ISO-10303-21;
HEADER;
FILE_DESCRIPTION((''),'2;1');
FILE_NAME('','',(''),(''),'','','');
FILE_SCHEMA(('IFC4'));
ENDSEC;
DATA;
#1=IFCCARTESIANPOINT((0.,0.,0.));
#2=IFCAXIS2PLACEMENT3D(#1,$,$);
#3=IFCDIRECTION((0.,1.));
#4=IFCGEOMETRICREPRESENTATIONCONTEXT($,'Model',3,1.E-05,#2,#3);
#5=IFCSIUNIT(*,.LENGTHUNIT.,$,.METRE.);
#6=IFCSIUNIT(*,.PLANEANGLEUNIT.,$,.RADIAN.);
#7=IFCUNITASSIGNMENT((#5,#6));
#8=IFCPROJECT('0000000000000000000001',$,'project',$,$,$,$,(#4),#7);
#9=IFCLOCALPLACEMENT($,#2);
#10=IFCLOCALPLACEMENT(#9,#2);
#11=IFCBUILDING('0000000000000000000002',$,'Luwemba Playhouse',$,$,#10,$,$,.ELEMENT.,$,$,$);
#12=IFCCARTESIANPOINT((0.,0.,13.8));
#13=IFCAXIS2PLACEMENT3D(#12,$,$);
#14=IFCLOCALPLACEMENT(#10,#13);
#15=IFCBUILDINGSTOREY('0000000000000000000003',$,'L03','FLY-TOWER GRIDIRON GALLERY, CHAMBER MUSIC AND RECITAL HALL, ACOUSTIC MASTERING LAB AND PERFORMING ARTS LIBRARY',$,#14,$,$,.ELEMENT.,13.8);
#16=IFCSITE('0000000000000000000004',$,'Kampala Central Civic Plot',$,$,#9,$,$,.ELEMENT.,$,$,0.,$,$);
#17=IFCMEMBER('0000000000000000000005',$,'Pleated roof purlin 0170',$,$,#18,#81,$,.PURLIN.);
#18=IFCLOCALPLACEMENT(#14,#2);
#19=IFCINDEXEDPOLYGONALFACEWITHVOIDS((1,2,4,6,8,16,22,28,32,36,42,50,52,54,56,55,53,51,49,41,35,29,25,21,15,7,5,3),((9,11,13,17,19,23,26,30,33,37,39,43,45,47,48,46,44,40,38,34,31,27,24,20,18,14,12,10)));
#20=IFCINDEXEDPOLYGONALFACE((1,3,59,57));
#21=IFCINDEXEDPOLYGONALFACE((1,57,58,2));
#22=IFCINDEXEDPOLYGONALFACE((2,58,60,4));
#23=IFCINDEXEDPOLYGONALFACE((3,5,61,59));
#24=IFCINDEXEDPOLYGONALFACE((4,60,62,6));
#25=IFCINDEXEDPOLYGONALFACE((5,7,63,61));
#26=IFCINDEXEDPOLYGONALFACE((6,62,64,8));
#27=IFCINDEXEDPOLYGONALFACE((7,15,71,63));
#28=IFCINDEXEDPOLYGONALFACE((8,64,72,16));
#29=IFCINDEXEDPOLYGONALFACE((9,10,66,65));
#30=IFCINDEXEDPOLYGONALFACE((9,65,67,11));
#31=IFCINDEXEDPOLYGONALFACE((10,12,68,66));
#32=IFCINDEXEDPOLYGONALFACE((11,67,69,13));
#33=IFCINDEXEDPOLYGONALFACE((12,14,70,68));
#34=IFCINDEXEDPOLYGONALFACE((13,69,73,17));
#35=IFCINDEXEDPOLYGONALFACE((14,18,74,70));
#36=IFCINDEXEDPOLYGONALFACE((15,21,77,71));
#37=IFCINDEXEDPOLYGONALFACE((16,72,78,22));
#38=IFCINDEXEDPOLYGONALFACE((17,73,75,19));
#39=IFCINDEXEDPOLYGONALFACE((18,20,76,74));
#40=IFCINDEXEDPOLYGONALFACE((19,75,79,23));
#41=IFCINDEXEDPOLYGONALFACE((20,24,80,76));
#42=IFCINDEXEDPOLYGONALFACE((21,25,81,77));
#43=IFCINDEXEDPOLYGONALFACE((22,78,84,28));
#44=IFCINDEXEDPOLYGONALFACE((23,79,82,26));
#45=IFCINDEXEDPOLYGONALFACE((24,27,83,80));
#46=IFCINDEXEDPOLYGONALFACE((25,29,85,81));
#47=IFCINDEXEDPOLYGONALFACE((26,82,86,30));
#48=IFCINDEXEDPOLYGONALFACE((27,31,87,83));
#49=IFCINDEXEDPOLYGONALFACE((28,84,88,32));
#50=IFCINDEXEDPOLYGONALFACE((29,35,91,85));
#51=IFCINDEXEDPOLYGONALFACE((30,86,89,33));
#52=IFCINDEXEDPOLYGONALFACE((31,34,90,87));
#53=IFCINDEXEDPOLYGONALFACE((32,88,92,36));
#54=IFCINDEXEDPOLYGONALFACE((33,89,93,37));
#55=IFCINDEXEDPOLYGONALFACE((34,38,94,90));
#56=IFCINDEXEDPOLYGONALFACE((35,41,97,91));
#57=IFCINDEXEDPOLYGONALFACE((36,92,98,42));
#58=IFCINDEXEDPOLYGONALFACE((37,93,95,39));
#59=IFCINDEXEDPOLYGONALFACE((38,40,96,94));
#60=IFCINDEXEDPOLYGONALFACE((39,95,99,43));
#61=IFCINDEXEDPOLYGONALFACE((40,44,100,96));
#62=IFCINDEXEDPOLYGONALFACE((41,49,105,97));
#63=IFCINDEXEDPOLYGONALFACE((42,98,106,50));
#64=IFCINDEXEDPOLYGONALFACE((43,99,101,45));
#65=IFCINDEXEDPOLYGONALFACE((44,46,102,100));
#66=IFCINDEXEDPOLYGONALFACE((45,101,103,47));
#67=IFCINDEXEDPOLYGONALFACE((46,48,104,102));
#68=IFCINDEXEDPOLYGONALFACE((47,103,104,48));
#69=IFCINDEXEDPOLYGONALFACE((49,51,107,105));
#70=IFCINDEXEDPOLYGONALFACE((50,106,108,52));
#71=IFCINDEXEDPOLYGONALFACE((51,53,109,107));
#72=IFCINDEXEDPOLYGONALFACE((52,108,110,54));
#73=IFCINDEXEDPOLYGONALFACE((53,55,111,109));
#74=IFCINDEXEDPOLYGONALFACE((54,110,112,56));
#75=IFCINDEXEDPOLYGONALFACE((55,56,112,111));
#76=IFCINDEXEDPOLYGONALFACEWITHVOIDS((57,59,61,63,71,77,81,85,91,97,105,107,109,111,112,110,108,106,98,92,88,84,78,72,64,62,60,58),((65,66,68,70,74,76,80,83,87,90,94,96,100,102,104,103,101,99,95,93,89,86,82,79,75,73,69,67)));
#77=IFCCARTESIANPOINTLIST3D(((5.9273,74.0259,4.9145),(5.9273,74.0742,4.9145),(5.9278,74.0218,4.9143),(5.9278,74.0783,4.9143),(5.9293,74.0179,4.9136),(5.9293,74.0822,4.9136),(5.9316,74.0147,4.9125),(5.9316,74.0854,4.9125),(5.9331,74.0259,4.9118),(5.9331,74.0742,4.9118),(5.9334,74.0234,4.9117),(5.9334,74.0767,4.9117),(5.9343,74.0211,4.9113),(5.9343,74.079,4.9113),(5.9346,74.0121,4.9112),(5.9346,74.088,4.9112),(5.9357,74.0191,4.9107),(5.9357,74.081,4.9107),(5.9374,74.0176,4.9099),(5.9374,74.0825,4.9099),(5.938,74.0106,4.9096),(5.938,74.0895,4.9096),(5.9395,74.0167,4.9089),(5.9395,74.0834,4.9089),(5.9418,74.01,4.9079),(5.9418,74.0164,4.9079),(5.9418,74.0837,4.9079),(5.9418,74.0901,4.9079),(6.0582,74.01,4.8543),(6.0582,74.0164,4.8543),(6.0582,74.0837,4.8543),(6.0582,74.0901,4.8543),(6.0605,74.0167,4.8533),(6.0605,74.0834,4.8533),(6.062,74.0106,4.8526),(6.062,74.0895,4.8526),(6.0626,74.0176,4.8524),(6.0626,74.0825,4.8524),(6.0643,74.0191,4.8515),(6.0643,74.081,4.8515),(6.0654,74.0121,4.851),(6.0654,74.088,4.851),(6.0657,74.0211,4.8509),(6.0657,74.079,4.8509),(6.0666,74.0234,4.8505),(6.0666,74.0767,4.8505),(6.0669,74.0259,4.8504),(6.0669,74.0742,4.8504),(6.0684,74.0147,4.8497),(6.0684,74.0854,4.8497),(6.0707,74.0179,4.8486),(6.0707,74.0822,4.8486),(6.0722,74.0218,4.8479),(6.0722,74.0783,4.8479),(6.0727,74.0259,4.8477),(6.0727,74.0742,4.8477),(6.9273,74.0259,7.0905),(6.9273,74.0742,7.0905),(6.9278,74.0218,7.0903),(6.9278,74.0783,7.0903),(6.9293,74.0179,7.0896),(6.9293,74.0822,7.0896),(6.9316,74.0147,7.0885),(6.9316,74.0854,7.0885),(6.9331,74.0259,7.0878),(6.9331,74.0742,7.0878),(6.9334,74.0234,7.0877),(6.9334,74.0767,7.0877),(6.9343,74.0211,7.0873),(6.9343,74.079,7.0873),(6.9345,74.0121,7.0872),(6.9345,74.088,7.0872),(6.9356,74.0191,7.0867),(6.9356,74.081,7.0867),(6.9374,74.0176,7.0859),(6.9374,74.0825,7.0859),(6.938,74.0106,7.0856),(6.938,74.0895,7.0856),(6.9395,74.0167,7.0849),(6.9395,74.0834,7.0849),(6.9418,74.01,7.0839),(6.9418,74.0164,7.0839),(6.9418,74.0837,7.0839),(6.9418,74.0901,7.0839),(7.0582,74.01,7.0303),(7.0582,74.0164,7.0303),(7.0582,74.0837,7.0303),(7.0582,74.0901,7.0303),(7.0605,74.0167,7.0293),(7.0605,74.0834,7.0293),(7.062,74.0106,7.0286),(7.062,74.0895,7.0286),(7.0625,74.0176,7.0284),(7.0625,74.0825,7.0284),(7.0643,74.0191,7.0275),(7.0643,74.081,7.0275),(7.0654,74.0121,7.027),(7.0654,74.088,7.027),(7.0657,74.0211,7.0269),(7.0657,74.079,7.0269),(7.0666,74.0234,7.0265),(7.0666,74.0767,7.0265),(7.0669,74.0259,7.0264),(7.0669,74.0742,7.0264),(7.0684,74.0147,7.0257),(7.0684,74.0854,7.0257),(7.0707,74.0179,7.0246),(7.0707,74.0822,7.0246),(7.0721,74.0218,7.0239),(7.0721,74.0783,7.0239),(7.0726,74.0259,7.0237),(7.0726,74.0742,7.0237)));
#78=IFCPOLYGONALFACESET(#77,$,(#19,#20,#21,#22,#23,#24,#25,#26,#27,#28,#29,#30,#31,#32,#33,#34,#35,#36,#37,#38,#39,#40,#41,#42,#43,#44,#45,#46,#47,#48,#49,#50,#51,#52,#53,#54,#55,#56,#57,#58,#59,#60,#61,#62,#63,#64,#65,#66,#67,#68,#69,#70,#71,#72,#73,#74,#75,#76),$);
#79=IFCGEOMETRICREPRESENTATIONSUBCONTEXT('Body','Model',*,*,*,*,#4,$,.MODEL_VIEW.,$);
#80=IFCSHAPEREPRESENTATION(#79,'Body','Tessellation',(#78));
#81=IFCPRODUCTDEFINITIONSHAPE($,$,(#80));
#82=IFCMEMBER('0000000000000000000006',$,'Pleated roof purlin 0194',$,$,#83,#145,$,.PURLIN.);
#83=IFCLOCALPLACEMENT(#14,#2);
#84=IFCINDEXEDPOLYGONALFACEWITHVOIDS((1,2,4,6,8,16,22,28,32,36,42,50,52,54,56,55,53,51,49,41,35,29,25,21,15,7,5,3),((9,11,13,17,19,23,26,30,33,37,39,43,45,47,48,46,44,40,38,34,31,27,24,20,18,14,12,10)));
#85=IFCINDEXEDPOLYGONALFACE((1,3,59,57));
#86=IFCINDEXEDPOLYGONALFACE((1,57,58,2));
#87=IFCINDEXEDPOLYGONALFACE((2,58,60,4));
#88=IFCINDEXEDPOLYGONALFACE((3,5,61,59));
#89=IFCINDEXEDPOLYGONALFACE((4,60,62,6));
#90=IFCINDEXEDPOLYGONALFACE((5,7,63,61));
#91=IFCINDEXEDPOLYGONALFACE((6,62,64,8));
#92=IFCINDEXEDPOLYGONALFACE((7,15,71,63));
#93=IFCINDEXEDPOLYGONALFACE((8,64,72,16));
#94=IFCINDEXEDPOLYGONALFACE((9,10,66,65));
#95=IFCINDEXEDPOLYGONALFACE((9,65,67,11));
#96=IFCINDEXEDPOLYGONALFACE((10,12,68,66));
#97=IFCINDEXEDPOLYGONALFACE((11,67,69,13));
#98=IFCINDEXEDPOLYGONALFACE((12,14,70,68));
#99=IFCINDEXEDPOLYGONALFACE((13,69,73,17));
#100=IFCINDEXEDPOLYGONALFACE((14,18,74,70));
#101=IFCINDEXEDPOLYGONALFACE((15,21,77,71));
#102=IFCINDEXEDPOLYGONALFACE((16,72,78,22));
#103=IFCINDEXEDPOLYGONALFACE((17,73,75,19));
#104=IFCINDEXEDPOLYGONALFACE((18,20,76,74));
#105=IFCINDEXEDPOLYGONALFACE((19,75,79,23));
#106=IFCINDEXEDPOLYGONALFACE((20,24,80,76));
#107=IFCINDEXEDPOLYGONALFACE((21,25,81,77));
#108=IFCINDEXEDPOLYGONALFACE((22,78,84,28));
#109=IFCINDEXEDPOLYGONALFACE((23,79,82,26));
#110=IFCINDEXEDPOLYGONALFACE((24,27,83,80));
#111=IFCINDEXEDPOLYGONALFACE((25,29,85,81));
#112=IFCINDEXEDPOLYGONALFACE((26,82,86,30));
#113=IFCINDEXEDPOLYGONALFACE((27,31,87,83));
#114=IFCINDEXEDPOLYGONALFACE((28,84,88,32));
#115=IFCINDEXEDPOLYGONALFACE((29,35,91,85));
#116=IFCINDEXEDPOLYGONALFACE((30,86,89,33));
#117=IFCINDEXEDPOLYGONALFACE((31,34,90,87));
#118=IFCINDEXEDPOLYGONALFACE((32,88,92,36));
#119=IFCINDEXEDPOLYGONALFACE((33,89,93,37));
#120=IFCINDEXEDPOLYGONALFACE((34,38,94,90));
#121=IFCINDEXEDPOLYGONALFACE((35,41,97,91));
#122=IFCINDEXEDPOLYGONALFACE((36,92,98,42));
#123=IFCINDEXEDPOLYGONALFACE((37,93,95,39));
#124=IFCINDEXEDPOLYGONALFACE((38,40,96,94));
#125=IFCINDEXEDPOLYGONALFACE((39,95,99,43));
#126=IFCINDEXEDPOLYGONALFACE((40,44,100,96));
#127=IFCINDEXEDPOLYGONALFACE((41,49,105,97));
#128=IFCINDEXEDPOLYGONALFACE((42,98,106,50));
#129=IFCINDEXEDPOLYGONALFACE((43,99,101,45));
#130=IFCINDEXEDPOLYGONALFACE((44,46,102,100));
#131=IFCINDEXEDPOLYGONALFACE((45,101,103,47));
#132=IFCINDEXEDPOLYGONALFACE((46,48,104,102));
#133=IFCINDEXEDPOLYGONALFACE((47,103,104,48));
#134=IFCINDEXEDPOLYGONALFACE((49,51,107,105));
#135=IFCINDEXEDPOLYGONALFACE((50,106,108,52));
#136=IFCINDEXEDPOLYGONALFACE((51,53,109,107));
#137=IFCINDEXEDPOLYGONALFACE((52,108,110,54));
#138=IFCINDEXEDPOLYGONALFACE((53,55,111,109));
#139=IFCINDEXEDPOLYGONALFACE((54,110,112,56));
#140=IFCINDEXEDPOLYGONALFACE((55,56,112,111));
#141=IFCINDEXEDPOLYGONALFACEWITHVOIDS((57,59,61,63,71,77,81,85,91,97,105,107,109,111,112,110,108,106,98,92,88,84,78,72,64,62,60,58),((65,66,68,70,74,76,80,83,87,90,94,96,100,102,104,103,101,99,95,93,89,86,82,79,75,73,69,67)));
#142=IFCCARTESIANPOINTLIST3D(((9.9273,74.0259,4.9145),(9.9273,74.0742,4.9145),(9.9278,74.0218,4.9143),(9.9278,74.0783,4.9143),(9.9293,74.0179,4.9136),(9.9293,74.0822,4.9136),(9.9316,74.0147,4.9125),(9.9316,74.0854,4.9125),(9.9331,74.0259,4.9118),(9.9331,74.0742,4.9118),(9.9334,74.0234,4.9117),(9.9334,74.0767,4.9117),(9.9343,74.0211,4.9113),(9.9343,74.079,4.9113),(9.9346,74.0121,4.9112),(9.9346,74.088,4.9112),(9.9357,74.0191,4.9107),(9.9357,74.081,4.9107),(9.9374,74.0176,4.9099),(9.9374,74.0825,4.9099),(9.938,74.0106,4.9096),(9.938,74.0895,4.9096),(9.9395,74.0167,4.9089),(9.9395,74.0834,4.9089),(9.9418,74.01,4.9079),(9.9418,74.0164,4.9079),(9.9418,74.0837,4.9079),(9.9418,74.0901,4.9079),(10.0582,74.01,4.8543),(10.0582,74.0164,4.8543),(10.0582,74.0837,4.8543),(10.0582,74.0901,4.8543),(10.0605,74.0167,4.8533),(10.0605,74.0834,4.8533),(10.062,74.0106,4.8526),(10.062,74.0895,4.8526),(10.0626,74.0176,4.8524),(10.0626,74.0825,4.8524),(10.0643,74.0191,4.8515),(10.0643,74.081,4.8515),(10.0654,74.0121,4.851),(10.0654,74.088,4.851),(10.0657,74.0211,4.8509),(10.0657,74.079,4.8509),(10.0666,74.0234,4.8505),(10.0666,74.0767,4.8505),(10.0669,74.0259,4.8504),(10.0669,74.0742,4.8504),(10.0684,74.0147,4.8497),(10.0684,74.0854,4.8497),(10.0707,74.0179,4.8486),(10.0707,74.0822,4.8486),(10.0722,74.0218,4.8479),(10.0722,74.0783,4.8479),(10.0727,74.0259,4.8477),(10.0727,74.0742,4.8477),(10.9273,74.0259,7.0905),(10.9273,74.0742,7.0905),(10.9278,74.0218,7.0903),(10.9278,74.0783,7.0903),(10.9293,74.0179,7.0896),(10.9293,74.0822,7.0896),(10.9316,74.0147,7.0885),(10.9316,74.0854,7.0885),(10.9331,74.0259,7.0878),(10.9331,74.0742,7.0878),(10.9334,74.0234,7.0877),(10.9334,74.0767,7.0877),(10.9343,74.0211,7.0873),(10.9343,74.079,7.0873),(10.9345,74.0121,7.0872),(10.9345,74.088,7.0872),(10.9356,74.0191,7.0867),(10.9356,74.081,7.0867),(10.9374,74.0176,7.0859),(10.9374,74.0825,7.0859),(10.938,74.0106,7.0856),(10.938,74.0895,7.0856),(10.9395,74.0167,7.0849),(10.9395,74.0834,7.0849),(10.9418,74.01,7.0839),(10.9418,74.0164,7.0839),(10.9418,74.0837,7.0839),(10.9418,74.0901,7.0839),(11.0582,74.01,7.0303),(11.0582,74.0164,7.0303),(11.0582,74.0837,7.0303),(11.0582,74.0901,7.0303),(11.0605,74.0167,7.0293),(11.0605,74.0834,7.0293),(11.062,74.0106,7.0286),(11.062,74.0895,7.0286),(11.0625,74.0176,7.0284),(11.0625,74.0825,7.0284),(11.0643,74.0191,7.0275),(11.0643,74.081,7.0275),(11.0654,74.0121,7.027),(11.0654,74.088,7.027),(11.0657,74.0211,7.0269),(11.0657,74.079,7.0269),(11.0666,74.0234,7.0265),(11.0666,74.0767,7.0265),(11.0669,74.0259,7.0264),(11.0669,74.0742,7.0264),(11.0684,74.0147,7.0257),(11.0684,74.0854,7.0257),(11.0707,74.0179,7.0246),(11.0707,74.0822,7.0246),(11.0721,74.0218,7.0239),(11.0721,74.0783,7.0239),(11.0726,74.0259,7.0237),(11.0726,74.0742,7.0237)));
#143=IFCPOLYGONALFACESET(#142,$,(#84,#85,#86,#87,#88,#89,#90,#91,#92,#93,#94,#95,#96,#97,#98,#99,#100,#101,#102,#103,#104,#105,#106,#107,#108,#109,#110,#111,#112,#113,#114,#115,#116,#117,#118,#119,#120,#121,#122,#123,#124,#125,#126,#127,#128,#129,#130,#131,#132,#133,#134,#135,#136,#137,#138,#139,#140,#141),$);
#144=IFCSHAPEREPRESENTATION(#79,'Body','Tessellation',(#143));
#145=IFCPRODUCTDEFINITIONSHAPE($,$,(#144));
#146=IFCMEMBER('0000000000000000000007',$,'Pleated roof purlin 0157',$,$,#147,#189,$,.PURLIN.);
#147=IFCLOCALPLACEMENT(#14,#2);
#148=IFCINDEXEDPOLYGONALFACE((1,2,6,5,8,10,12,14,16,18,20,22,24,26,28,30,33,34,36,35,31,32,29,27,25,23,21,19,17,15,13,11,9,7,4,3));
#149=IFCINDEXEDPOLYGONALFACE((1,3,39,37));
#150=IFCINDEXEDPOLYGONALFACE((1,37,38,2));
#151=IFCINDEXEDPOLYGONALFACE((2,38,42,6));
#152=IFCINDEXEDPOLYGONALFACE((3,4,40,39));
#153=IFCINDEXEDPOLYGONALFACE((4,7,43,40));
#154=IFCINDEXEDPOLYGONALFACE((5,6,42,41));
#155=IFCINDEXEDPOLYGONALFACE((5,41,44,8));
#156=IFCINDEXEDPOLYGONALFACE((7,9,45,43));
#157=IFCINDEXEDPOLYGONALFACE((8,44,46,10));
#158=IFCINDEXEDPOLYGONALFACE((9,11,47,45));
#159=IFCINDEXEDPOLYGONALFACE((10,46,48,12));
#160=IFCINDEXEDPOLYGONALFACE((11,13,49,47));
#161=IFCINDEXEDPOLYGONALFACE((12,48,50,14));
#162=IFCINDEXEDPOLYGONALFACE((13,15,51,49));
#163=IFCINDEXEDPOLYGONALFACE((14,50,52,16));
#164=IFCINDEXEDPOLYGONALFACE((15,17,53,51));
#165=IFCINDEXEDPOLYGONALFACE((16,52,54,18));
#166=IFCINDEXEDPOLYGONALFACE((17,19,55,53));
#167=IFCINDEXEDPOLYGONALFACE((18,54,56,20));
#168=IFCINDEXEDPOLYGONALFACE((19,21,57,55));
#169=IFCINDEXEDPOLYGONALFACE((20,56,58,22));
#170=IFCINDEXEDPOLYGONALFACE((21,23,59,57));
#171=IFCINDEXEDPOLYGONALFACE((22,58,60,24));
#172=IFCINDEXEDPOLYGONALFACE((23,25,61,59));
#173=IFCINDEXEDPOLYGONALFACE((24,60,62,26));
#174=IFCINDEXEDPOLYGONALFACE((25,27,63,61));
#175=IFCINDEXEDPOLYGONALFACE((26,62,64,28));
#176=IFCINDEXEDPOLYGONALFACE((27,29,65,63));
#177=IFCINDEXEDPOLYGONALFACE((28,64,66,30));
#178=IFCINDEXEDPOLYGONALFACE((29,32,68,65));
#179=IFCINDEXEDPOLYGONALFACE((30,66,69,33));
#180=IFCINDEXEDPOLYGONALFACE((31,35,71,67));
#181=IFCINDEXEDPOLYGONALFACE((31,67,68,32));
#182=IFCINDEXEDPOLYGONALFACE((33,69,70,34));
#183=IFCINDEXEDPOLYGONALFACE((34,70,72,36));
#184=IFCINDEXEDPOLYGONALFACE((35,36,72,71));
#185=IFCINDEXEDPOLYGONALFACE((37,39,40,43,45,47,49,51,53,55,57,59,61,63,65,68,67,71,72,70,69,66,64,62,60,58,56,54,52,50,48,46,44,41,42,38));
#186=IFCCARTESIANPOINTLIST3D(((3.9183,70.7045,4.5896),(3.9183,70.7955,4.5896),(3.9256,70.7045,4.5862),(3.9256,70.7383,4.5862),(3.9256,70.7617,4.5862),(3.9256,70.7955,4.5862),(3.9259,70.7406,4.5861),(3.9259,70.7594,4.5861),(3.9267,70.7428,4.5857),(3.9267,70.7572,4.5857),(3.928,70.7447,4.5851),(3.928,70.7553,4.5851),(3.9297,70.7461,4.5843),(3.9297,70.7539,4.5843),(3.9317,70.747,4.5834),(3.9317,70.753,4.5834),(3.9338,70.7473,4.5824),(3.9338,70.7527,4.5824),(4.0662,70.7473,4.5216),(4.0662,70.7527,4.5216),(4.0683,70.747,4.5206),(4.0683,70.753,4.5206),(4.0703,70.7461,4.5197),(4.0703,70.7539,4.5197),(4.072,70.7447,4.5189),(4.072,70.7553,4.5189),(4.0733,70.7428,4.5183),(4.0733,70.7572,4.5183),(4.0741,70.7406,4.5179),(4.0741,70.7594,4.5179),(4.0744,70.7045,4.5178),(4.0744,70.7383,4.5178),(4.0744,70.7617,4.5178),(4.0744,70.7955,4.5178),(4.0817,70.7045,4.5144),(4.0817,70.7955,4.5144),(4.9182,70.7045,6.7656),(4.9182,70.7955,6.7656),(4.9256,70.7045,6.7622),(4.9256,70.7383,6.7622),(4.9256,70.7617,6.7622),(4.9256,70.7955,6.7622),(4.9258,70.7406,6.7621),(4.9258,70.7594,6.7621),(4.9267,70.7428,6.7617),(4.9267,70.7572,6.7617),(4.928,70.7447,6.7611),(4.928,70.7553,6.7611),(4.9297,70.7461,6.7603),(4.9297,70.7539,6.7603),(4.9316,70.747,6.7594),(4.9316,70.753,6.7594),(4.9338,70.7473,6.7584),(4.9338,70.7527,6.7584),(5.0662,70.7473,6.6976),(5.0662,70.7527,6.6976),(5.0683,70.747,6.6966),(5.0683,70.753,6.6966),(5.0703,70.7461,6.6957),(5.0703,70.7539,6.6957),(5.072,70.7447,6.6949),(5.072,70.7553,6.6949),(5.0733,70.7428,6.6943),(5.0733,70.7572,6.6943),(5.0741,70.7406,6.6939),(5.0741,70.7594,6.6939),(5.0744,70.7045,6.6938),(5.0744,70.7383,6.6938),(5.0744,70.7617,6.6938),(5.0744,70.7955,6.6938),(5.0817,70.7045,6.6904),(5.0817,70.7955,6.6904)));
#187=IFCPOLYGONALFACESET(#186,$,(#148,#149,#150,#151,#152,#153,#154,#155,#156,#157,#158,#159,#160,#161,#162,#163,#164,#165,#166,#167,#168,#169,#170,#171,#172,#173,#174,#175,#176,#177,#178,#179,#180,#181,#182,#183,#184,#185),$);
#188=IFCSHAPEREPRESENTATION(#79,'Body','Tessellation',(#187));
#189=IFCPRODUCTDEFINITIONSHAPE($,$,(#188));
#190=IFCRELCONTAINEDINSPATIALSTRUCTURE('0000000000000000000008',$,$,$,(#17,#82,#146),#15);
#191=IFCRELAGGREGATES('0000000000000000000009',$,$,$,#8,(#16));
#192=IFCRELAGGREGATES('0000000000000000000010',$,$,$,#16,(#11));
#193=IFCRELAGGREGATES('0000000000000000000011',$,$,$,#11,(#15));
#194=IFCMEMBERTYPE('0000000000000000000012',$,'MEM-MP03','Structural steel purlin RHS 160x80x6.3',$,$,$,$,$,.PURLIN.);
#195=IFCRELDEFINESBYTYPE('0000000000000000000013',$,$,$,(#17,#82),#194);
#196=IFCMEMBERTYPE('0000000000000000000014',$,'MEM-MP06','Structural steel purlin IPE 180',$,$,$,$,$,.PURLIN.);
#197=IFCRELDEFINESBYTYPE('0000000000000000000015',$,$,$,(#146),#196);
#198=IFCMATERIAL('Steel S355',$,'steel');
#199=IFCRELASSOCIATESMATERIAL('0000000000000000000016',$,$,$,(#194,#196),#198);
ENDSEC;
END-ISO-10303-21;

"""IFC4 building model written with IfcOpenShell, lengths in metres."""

from ifc_helpers import new_model, si_unit, direction, frame, origin, origin_2d, place, context, subcontext, project, spatial, hollow_rectangle, i_section, extrude, material, material_profile, profile_set, type_object, element, save


model = new_model("IFC4")

# Units and contexts
model_context = context("Model", 3, precision=1e-05, world=origin(), true_north=direction((0.0, 1.0)))
body_context = subcontext(model_context, "Body", "Model", "MODEL_VIEW")
ifc_project = project(units=[si_unit("LENGTHUNIT", "METRE"), si_unit("PLANEANGLEUNIT", "RADIAN")], contexts=[model_context])

# Site, building, storey
site_placement = place(None, origin())
site = spatial("IfcSite", under=ifc_project, at=site_placement, Name="Kampala Central Civic Plot", CompositionType="ELEMENT", RefElevation=0.0)
building_placement = place(site_placement, origin())
building = spatial("IfcBuilding", under=site, at=building_placement, Name="Luwemba Playhouse", CompositionType="ELEMENT")
storey_placement = place(building_placement, frame((0.0, 0.0, 13.8)))
storey = spatial("IfcBuildingStorey", under=building, at=storey_placement, Name="L03", Description="FLY-TOWER GRIDIRON GALLERY, CHAMBER MUSIC AND RECITAL HALL, ACOUSTIC MASTERING LAB AND PERFORMING ARTS LIBRARY", CompositionType="ELEMENT", Elevation=13.8)

# Shared definitions
ifc_material_1 = material(Name="Steel S355", Category="steel")

# Members
ifc_material_profile_1 = material_profile(ifc_material_1, hollow_rectangle(XDim=0.0801, YDim=0.1599, WallThickness=0.0063, InnerFilletRadius=0.0095, OuterFilletRadius=0.0159, at=origin_2d()))
ifc_profile_set_1 = profile_set([ifc_material_profile_1], Name="Steel S355")
member_type_1 = type_object("IfcMemberType", Name="MEM-MP03", Description="Structural steel purlin RHS 160x80x6.3", PredefinedType="PURLIN", material=ifc_profile_set_1)
for number, where, z_axis, x_axis, name in (
    (1, (6.0, 74.05, 4.8811), (0.417571, 0.0, 0.908644), (0.0, 1.0, 0.0), "Pleated roof purlin 0170"),
    (2, (10.0, 74.05, 4.8811), (0.417571, 0.0, 0.908644), (0.0, 1.0, 0.0), "Pleated roof purlin 0194"),
):
    element("IfcMember", number, at=place(storey_placement, frame(where, z_axis=z_axis, x_axis=x_axis)), inside=storey, type_object=member_type_1, Name=name, PredefinedType="PURLIN", context=body_context, shape_type="SweptSolid", body=[
        extrude(hollow_rectangle(XDim=0.0801, YDim=0.1599, WallThickness=0.0063, InnerFilletRadius=0.0095, OuterFilletRadius=0.0159, at=origin_2d()), origin(), (0.0, 0.0, 1.0), 2.3948),
    ])
ifc_material_profile_2 = material_profile(ifc_material_1, i_section(OverallWidth=0.0911, OverallDepth=0.1799, WebThickness=0.0054, FlangeThickness=0.0081, FilletRadius=0.009, at=origin_2d()))
ifc_profile_set_2 = profile_set([ifc_material_profile_2], Name="Steel S355")
member_type_2 = type_object("IfcMemberType", Name="MEM-MP06", Description="Structural steel purlin IPE 180", PredefinedType="PURLIN", material=ifc_profile_set_2)
for number, where, z_axis, x_axis, name in (
    (3, (4.0, 70.75, 4.552), (0.417571, 0.0, 0.908644), (0.0, 1.0, 0.0), "Pleated roof purlin 0157"),
):
    element("IfcMember", number, at=place(storey_placement, frame(where, z_axis=z_axis, x_axis=x_axis)), inside=storey, type_object=member_type_2, Name=name, PredefinedType="PURLIN", context=body_context, shape_type="SweptSolid", body=[
        extrude(i_section(OverallWidth=0.0911, OverallDepth=0.1799, WebThickness=0.0054, FlangeThickness=0.0081, FilletRadius=0.009, at=origin_2d()), origin(), (0.0, 0.0, 1.0), 2.3948),
    ])

save(model, "model.ifc")
